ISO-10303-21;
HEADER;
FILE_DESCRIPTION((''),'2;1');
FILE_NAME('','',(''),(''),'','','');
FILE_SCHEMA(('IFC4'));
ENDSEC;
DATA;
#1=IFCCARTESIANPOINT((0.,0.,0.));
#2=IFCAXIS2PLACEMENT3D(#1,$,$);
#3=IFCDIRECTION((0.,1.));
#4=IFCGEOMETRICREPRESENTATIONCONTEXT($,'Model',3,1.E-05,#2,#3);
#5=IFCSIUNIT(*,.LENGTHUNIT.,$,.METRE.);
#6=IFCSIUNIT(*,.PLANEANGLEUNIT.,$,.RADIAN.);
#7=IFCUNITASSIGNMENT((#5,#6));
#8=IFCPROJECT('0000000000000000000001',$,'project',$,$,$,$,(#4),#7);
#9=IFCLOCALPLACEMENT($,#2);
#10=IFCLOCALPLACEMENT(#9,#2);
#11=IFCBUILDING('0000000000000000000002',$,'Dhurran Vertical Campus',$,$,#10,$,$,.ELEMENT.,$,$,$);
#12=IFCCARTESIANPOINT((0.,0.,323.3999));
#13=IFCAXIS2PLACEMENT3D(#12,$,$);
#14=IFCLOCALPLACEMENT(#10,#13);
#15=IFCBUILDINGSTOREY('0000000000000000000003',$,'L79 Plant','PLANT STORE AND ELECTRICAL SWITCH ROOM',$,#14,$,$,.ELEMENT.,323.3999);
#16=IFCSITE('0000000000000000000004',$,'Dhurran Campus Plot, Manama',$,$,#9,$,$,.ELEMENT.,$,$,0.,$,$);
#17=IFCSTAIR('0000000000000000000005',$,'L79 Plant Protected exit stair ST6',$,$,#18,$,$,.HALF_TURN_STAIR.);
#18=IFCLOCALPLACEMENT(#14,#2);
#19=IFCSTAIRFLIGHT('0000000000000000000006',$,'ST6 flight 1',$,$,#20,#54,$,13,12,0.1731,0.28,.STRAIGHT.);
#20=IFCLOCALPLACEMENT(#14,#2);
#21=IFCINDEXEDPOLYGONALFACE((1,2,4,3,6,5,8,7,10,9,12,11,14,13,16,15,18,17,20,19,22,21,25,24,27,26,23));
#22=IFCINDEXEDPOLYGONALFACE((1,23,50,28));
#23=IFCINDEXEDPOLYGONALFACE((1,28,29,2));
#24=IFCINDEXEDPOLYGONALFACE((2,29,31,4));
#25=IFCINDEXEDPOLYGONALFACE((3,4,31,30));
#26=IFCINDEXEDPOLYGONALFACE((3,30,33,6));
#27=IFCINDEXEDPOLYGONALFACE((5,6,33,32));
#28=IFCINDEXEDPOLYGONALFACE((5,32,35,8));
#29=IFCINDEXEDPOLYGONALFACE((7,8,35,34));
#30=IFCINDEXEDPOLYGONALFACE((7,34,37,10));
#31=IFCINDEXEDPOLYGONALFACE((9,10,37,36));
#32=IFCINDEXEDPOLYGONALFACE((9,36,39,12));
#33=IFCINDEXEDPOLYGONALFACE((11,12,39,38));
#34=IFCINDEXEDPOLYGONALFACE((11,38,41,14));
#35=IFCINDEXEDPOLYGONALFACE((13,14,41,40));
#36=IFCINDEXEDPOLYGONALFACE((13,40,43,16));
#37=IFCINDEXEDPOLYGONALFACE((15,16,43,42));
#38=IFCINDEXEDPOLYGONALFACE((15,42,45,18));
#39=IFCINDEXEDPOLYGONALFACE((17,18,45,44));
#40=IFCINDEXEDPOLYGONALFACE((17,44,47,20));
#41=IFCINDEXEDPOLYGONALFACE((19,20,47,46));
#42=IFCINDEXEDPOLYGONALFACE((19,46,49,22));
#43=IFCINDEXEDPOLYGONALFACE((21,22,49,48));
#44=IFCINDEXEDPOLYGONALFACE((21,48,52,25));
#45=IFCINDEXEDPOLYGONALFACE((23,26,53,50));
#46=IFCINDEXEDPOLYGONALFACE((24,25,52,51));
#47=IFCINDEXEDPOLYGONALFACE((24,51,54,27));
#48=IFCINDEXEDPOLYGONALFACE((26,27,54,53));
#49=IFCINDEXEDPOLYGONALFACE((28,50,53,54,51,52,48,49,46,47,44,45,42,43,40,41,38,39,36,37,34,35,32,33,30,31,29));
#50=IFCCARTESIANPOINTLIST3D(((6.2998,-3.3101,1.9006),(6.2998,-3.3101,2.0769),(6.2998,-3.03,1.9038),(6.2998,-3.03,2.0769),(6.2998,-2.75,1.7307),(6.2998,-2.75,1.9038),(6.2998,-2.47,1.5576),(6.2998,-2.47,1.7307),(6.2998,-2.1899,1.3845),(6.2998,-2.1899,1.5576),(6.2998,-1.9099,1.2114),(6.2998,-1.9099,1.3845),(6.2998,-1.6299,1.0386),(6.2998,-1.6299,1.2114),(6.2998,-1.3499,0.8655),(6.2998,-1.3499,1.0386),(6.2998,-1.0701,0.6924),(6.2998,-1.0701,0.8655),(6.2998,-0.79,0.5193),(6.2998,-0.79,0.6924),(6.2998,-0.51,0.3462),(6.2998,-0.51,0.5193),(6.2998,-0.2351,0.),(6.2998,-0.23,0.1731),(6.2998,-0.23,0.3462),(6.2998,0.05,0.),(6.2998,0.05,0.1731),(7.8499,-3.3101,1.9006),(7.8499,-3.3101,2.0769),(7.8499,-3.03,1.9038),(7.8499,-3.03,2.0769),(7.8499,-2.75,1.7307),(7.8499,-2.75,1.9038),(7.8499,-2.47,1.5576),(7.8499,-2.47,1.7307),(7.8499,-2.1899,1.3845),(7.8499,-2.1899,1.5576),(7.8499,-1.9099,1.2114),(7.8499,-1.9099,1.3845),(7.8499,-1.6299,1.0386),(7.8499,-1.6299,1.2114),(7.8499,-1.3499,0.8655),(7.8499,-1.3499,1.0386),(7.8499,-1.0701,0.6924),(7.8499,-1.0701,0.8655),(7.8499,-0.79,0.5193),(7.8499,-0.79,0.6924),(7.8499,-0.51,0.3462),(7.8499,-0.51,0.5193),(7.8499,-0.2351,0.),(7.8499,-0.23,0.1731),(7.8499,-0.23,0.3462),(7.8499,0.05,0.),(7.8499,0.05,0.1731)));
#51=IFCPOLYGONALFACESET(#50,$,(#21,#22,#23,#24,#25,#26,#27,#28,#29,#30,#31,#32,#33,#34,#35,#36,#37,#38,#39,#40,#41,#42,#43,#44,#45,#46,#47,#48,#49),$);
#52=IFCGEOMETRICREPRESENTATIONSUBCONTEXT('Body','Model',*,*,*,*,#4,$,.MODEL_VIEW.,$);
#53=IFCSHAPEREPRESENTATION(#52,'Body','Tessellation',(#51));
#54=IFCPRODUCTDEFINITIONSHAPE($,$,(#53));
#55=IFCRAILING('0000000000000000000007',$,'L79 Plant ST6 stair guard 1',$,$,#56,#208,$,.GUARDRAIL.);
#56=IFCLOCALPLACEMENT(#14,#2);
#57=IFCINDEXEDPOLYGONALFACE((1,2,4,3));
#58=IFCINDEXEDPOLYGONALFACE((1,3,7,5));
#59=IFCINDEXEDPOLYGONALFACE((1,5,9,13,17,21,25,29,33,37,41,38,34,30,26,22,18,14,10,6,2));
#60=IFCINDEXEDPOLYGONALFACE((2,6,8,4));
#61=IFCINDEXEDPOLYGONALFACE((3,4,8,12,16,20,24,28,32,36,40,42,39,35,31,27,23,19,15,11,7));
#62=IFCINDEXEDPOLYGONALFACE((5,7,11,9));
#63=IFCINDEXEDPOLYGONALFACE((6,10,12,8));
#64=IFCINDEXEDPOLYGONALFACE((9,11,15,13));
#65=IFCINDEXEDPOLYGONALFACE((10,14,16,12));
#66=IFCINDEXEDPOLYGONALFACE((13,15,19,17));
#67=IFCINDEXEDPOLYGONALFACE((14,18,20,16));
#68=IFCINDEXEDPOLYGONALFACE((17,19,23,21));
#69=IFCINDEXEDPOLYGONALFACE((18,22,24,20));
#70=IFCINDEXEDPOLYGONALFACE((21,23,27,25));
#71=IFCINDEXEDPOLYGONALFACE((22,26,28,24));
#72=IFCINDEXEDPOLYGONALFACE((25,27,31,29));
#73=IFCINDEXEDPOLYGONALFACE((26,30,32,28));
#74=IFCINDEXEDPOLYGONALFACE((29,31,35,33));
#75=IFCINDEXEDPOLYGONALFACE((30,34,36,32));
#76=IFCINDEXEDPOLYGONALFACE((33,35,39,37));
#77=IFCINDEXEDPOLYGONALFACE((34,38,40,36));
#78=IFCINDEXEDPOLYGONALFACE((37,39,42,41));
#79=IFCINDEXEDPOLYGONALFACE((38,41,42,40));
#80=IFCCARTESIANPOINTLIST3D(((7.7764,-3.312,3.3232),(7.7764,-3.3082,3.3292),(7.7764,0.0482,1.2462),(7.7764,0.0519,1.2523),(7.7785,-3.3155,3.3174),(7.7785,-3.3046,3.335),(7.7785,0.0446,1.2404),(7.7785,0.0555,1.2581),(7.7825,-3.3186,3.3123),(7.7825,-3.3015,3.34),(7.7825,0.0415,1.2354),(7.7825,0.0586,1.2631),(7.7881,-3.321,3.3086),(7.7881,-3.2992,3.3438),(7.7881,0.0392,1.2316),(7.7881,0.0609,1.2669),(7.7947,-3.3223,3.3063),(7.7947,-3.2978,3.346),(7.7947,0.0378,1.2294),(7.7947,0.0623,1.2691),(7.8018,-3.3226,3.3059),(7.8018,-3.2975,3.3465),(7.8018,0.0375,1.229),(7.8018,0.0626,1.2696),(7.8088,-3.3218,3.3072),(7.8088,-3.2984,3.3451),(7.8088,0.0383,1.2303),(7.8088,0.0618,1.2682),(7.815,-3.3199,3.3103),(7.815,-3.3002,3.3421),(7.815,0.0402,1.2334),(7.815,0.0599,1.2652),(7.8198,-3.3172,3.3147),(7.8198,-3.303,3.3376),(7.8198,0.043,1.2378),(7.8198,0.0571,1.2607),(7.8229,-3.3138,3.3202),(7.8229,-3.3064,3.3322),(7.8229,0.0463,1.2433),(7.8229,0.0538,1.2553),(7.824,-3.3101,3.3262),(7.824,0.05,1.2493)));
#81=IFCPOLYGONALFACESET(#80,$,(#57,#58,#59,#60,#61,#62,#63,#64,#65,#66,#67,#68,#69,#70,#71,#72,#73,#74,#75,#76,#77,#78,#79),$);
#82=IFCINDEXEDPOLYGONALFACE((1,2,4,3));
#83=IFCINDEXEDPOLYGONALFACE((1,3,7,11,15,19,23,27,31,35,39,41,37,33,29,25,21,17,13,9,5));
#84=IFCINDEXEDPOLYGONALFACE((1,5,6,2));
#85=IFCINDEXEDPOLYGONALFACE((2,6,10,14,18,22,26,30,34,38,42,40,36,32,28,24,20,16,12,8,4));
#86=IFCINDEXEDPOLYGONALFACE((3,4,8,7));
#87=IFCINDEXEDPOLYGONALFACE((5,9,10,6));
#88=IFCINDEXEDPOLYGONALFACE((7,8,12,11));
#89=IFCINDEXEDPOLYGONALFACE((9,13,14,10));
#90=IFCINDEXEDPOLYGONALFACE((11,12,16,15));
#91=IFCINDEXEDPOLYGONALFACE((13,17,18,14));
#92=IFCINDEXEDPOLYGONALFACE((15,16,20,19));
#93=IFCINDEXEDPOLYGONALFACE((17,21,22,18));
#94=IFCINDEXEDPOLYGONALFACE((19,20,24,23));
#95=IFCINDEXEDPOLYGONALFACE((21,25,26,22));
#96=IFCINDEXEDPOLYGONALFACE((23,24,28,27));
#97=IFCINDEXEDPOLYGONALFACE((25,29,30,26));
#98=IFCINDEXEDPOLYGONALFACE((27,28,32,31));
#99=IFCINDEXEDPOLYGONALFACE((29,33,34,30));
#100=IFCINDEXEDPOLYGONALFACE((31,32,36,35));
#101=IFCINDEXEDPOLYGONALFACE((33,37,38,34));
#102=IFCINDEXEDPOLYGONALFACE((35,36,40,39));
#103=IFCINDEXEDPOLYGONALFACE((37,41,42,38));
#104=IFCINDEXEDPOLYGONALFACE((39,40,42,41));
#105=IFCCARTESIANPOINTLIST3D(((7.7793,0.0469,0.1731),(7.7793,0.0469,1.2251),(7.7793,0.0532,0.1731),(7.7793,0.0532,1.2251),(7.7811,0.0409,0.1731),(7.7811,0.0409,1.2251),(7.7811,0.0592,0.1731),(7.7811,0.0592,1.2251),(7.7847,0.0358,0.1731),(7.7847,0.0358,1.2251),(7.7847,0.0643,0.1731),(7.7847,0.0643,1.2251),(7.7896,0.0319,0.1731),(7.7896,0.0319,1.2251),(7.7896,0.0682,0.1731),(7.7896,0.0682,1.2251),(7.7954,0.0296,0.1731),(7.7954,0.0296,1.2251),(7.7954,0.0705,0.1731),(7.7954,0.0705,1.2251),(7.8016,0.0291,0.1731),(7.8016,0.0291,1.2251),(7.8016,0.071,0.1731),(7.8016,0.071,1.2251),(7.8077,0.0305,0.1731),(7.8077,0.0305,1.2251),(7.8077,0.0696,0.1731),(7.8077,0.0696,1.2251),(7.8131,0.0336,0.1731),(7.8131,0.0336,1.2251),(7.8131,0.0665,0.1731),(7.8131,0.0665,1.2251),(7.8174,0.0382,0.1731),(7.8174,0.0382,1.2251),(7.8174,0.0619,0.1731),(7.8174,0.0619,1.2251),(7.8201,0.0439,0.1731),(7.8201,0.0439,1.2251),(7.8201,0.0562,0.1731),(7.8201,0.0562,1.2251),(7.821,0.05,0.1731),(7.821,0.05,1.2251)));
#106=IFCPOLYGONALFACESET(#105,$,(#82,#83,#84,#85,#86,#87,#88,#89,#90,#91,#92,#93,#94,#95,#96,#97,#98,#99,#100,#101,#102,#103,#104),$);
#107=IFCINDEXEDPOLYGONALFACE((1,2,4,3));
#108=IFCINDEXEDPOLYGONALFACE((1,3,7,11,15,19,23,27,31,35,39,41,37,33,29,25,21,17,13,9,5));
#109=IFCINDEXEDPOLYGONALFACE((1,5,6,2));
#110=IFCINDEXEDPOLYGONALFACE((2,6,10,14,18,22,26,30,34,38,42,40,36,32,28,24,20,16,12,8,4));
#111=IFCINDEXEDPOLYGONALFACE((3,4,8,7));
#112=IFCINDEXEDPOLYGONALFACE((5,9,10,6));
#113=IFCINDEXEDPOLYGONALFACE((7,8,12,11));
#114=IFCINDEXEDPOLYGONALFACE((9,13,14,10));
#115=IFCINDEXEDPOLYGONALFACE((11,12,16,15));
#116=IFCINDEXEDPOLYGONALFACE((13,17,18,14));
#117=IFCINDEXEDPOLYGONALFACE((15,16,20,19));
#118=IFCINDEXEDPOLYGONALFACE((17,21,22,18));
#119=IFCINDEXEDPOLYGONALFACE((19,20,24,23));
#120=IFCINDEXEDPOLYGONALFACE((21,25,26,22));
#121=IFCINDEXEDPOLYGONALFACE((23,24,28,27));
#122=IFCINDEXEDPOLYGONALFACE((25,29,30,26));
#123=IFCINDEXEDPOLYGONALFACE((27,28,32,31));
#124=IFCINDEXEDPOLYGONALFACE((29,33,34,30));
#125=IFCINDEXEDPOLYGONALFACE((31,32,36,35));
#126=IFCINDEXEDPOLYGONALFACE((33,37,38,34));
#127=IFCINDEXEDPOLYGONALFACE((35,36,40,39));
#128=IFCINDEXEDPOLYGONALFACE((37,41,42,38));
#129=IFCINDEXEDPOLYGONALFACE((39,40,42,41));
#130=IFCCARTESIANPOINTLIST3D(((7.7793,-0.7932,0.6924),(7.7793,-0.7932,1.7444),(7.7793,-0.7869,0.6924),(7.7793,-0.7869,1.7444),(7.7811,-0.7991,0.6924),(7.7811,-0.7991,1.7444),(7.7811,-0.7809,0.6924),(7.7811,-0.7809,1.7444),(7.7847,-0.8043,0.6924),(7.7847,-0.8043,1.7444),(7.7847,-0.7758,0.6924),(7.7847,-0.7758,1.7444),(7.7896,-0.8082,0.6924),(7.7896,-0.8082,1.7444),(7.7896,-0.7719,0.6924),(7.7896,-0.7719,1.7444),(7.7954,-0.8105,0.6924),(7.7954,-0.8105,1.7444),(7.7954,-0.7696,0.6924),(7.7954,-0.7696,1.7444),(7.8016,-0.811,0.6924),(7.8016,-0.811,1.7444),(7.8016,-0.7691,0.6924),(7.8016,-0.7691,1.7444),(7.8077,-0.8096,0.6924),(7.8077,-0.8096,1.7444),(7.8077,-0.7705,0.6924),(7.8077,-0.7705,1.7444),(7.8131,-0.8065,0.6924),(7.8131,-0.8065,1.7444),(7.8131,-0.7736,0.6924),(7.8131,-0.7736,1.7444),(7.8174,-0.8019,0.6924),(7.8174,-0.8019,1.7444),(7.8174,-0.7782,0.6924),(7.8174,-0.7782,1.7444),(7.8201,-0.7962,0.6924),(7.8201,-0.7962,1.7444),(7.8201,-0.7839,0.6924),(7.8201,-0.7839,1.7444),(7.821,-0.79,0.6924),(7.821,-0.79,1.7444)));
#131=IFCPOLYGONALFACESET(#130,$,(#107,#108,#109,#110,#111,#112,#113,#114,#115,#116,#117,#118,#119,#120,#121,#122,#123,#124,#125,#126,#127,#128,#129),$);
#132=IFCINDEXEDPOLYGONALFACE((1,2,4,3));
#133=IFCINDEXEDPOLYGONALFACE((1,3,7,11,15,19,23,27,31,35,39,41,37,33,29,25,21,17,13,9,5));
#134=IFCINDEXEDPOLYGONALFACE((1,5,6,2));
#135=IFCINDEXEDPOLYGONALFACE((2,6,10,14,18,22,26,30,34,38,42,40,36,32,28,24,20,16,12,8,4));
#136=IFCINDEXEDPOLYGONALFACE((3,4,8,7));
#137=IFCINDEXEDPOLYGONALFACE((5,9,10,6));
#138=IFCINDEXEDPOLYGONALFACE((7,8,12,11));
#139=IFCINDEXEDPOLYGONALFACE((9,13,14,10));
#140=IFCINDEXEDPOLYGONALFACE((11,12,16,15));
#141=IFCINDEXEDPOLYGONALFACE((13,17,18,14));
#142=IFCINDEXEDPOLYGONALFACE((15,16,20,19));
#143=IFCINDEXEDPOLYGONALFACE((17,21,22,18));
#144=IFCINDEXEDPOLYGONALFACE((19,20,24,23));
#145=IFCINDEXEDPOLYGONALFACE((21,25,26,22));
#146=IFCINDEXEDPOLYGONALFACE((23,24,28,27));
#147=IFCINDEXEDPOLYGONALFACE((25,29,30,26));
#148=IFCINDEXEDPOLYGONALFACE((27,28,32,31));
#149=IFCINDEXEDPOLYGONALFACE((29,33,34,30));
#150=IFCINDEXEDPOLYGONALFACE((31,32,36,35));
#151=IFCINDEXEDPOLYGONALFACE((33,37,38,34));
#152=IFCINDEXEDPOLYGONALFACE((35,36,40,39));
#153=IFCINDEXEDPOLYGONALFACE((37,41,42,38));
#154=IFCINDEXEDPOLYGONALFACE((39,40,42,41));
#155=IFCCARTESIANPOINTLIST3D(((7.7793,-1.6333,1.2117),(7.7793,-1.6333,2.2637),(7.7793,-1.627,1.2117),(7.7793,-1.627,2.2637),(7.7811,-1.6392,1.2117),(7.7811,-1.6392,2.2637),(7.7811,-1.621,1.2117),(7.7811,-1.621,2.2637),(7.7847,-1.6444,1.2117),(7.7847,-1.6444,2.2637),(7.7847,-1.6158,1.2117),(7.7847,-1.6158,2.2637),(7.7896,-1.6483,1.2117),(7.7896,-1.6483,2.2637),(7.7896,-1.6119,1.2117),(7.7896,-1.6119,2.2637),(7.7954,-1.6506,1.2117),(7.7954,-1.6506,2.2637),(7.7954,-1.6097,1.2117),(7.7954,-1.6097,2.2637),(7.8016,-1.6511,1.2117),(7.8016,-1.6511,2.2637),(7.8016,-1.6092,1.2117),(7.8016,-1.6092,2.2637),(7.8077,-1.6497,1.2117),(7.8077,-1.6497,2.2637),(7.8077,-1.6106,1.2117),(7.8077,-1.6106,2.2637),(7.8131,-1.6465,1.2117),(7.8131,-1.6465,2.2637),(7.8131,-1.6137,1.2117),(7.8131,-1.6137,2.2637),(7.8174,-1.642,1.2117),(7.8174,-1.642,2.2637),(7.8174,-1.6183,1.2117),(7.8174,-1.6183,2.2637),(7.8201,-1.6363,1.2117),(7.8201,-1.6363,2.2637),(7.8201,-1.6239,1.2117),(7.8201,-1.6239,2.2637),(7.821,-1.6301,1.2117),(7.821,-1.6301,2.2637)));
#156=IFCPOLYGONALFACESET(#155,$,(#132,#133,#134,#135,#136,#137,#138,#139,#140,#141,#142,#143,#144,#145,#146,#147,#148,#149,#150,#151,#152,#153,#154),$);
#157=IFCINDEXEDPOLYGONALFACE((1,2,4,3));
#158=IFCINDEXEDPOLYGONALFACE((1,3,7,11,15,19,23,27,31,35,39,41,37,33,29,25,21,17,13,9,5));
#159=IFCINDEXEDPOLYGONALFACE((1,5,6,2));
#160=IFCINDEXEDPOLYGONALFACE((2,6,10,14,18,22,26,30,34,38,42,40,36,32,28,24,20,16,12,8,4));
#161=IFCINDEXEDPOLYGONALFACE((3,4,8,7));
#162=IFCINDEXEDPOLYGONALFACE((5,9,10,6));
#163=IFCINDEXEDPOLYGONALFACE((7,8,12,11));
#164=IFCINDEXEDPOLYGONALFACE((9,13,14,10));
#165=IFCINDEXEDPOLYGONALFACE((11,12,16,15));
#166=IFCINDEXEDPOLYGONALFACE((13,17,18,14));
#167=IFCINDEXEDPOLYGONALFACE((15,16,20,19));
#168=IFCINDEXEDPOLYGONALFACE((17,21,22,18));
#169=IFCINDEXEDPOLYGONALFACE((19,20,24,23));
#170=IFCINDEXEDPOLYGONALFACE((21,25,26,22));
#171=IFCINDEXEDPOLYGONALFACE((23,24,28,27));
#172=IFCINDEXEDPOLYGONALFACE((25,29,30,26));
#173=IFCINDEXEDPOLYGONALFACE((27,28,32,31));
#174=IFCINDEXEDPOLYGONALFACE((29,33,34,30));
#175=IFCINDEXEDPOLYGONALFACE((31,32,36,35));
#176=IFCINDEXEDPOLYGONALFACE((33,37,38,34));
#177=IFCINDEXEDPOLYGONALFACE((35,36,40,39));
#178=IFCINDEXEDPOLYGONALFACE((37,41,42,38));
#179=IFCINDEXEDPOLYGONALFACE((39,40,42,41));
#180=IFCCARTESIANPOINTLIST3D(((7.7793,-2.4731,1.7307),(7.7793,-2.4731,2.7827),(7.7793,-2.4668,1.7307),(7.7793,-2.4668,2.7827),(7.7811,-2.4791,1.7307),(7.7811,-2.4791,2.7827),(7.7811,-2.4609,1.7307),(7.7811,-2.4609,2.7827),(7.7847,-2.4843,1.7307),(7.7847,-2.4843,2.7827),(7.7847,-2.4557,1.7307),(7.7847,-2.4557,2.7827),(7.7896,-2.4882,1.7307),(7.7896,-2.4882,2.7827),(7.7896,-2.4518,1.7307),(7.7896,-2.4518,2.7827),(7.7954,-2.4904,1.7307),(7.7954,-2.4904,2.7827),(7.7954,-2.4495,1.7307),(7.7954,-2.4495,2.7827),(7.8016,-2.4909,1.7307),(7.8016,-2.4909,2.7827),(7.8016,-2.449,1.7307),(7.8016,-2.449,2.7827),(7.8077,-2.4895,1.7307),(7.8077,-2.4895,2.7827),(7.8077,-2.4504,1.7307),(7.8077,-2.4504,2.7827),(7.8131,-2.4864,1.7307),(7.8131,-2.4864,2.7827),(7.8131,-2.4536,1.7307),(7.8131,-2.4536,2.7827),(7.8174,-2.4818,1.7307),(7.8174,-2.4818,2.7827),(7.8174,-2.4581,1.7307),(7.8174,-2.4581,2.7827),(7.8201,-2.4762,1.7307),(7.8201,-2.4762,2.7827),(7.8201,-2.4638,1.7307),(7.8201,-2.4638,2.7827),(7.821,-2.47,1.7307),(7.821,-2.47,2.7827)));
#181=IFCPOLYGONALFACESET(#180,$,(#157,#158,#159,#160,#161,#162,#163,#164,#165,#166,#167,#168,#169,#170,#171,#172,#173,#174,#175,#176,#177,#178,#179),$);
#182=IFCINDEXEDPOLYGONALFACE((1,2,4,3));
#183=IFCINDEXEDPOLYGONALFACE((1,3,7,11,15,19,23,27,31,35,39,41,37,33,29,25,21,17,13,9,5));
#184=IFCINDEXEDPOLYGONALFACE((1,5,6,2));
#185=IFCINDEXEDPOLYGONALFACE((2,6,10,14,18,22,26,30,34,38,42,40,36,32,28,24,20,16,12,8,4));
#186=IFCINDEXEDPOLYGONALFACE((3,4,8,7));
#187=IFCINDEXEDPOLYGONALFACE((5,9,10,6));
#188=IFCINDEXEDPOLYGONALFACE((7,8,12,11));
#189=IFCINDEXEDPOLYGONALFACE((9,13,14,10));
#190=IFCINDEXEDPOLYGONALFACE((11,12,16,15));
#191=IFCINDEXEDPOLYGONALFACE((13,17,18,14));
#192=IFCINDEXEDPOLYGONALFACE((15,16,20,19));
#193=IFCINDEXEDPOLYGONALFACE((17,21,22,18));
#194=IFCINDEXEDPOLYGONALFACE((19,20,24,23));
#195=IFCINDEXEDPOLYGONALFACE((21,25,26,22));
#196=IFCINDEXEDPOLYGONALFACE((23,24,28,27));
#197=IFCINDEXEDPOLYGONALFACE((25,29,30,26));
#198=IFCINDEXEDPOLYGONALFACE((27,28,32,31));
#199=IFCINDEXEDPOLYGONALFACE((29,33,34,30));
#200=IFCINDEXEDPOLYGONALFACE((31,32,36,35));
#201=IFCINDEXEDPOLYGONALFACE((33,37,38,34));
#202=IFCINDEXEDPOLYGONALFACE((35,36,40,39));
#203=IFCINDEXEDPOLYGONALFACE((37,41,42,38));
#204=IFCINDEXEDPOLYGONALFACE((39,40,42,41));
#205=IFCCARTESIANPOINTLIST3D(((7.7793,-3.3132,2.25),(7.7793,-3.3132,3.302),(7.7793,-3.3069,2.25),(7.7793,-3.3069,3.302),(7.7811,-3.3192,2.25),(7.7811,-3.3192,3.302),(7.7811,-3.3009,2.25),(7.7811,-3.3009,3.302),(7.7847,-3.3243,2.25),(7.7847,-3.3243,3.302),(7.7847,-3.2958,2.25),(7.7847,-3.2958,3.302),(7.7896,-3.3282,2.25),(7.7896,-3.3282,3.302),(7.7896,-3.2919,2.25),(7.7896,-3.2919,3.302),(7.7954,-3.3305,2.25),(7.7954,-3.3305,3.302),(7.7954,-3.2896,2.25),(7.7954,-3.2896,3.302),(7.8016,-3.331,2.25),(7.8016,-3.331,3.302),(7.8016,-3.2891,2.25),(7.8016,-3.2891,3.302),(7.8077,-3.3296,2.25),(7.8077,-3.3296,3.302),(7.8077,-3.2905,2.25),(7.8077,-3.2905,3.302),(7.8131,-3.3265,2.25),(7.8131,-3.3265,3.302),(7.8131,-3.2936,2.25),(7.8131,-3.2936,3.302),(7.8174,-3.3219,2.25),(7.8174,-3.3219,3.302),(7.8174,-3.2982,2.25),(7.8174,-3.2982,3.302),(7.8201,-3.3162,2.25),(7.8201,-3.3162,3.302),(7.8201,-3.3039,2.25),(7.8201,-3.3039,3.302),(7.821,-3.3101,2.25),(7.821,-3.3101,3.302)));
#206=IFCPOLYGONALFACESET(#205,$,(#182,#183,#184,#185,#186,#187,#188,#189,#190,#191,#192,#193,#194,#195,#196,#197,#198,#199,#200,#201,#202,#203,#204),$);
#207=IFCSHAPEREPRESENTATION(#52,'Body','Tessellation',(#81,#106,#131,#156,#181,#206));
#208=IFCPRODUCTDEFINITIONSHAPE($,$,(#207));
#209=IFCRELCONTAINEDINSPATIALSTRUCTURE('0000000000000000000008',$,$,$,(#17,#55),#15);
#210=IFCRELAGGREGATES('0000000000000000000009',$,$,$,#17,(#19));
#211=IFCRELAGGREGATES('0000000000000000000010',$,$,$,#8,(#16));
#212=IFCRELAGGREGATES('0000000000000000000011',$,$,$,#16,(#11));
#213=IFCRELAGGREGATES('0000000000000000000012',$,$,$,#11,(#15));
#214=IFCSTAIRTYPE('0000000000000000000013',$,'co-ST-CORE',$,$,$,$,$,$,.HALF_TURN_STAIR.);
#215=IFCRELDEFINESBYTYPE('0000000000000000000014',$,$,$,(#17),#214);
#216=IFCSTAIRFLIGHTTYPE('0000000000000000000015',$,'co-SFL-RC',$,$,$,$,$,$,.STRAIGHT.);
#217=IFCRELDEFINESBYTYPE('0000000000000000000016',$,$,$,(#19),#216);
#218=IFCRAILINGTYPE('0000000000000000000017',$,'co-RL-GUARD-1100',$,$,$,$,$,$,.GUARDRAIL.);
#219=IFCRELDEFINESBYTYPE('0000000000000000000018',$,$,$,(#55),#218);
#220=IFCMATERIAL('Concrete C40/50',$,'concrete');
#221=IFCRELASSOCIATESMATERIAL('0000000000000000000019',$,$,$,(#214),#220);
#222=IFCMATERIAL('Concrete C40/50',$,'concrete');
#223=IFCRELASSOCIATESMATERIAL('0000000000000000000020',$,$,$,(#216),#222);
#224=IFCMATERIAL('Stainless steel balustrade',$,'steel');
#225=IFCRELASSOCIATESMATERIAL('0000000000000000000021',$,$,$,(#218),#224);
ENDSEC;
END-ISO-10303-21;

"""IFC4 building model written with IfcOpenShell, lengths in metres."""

from ifc_helpers import new_model, si_unit, direction, frame, origin, origin_2d, place, context, subcontext, project, spatial, polyline, circle, outline, extrude, material, type_object, element, aggregate, save


model = new_model("IFC4")

# Units and contexts
model_context = context("Model", 3, precision=1e-05, world=origin(), true_north=direction((0.0, 1.0)))
body_context = subcontext(model_context, "Body", "Model", "MODEL_VIEW")
ifc_project = project(units=[si_unit("LENGTHUNIT", "METRE"), si_unit("PLANEANGLEUNIT", "RADIAN")], contexts=[model_context])

# Site, building, storey
site_placement = place(None, origin())
site = spatial("IfcSite", under=ifc_project, at=site_placement, Name="Dhurran Campus Plot, Manama", CompositionType="ELEMENT", RefElevation=0.0)
building_placement = place(site_placement, origin())
building = spatial("IfcBuilding", under=site, at=building_placement, Name="Dhurran Vertical Campus", CompositionType="ELEMENT")
storey_placement = place(building_placement, frame((0.0, 0.0, 323.3999)))
storey = spatial("IfcBuildingStorey", under=building, at=storey_placement, Name="L79 Plant", Description="PLANT STORE AND ELECTRICAL SWITCH ROOM", CompositionType="ELEMENT", Elevation=323.3999)

# Stair
ifc_material_1 = material(Name="Concrete C40/50", Category="concrete")
stair_type = type_object("IfcStairType", Name="co-ST-CORE", PredefinedType="HALF_TURN_STAIR", material=ifc_material_1)
stair_1_placement = place(storey_placement, origin())
stair_1 = element("IfcStair", 1, at=stair_1_placement, inside=storey, type_object=stair_type, Name="L79 Plant Protected exit stair ST6", PredefinedType="HALF_TURN_STAIR")

# Stair flight
ifc_material_2 = material(Name="Concrete C40/50", Category="concrete")
stair_flight_type = type_object("IfcStairFlightType", Name="co-SFL-RC", PredefinedType="STRAIGHT", material=ifc_material_2)
stair_flight_placement = place(storey_placement, frame((7.075, 0.05, 0.0), z_axis=(0.0, 0.0, 1.0), x_axis=(0.0, -1.0, 0.0)))
stair_flight = element("IfcStairFlight", 2, at=stair_flight_placement, type_object=stair_flight_type, Name="ST6 flight 1", NumberOfRisers=13, NumberOfTreads=12, PredefinedType="STRAIGHT", RiserHeight=0.1731, TreadLength=0.28, context=body_context, shape_type="SweptSolid", body=[
    extrude(outline(polyline([(0.0, 0.0), (0.0, 0.1731), (0.28, 0.1731), (0.28, 0.3462), (0.5601, 0.3462), (0.5601, 0.5193), (0.8401, 0.5193), (0.8401, 0.6924), (1.1201, 0.6924), (1.1201, 0.8655), (1.3999, 0.8655), (1.3999, 1.0386), (1.6799, 1.0386), (1.6799, 1.2114), (1.96, 1.2114), (1.96, 1.3845), (2.24, 1.3845), (2.24, 1.5576), (2.52, 1.5576), (2.52, 1.7307), (2.8, 1.7307), (2.8, 1.9038), (3.0801, 1.9038), (3.0801, 2.0769), (3.3601, 2.0769), (3.3601, 2.25), (3.3601, 1.9006), (0.2852, 0.0), (0.0, 0.0)])), frame((0.0, 0.7749, 0.0), z_axis=(0.0, -1.0, 0.0), x_axis=(1.0, 0.0, 0.0)), (0.0, 0.0, 1.0), 1.55),
])
aggregate(stair_1, [stair_flight])

# Railing
ifc_material_3 = material(Name="Stainless steel balustrade", Category="steel")
railing_type_1 = type_object("IfcRailingType", Name="co-RL-GUARD-1100", PredefinedType="GUARDRAIL", material=ifc_material_3)
railing_1_placement = place(storey_placement, frame((7.8, 0.05, 0.1731)))
element("IfcRailing", 3, at=railing_1_placement, inside=storey, type_object=railing_type_1, Name="L79 Plant ST6 stair guard 1", PredefinedType="GUARDRAIL", context=body_context, shape_type="SweptSolid", body=[
    extrude(circle(Radius=0.0239, at=origin_2d()), frame((0.0, 0.0, 1.0762), z_axis=(0.0, -0.850623, 0.525776), x_axis=(1.0, 0.0, 0.0)), (0.0, 0.0, 1.0), 3.9502),
    extrude(circle(Radius=0.021, at=origin_2d()), origin(), (0.0, 0.0, 1.0), 1.052),
    extrude(circle(Radius=0.021, at=origin_2d()), frame((0.0, -0.8401, 0.5193)), (0.0, 0.0, 1.0), 1.052),
    extrude(circle(Radius=0.021, at=origin_2d()), frame((0.0, -1.6802, 1.0386)), (0.0, 0.0, 1.0), 1.052),
    extrude(circle(Radius=0.021, at=origin_2d()), frame((0.0, -2.52, 1.5576)), (0.0, 0.0, 1.0), 1.052),
    extrude(circle(Radius=0.021, at=origin_2d()), frame((0.0, -3.3601, 2.0769)), (0.0, 0.0, 1.0), 1.052),
])

save(model, "model.ifc")
